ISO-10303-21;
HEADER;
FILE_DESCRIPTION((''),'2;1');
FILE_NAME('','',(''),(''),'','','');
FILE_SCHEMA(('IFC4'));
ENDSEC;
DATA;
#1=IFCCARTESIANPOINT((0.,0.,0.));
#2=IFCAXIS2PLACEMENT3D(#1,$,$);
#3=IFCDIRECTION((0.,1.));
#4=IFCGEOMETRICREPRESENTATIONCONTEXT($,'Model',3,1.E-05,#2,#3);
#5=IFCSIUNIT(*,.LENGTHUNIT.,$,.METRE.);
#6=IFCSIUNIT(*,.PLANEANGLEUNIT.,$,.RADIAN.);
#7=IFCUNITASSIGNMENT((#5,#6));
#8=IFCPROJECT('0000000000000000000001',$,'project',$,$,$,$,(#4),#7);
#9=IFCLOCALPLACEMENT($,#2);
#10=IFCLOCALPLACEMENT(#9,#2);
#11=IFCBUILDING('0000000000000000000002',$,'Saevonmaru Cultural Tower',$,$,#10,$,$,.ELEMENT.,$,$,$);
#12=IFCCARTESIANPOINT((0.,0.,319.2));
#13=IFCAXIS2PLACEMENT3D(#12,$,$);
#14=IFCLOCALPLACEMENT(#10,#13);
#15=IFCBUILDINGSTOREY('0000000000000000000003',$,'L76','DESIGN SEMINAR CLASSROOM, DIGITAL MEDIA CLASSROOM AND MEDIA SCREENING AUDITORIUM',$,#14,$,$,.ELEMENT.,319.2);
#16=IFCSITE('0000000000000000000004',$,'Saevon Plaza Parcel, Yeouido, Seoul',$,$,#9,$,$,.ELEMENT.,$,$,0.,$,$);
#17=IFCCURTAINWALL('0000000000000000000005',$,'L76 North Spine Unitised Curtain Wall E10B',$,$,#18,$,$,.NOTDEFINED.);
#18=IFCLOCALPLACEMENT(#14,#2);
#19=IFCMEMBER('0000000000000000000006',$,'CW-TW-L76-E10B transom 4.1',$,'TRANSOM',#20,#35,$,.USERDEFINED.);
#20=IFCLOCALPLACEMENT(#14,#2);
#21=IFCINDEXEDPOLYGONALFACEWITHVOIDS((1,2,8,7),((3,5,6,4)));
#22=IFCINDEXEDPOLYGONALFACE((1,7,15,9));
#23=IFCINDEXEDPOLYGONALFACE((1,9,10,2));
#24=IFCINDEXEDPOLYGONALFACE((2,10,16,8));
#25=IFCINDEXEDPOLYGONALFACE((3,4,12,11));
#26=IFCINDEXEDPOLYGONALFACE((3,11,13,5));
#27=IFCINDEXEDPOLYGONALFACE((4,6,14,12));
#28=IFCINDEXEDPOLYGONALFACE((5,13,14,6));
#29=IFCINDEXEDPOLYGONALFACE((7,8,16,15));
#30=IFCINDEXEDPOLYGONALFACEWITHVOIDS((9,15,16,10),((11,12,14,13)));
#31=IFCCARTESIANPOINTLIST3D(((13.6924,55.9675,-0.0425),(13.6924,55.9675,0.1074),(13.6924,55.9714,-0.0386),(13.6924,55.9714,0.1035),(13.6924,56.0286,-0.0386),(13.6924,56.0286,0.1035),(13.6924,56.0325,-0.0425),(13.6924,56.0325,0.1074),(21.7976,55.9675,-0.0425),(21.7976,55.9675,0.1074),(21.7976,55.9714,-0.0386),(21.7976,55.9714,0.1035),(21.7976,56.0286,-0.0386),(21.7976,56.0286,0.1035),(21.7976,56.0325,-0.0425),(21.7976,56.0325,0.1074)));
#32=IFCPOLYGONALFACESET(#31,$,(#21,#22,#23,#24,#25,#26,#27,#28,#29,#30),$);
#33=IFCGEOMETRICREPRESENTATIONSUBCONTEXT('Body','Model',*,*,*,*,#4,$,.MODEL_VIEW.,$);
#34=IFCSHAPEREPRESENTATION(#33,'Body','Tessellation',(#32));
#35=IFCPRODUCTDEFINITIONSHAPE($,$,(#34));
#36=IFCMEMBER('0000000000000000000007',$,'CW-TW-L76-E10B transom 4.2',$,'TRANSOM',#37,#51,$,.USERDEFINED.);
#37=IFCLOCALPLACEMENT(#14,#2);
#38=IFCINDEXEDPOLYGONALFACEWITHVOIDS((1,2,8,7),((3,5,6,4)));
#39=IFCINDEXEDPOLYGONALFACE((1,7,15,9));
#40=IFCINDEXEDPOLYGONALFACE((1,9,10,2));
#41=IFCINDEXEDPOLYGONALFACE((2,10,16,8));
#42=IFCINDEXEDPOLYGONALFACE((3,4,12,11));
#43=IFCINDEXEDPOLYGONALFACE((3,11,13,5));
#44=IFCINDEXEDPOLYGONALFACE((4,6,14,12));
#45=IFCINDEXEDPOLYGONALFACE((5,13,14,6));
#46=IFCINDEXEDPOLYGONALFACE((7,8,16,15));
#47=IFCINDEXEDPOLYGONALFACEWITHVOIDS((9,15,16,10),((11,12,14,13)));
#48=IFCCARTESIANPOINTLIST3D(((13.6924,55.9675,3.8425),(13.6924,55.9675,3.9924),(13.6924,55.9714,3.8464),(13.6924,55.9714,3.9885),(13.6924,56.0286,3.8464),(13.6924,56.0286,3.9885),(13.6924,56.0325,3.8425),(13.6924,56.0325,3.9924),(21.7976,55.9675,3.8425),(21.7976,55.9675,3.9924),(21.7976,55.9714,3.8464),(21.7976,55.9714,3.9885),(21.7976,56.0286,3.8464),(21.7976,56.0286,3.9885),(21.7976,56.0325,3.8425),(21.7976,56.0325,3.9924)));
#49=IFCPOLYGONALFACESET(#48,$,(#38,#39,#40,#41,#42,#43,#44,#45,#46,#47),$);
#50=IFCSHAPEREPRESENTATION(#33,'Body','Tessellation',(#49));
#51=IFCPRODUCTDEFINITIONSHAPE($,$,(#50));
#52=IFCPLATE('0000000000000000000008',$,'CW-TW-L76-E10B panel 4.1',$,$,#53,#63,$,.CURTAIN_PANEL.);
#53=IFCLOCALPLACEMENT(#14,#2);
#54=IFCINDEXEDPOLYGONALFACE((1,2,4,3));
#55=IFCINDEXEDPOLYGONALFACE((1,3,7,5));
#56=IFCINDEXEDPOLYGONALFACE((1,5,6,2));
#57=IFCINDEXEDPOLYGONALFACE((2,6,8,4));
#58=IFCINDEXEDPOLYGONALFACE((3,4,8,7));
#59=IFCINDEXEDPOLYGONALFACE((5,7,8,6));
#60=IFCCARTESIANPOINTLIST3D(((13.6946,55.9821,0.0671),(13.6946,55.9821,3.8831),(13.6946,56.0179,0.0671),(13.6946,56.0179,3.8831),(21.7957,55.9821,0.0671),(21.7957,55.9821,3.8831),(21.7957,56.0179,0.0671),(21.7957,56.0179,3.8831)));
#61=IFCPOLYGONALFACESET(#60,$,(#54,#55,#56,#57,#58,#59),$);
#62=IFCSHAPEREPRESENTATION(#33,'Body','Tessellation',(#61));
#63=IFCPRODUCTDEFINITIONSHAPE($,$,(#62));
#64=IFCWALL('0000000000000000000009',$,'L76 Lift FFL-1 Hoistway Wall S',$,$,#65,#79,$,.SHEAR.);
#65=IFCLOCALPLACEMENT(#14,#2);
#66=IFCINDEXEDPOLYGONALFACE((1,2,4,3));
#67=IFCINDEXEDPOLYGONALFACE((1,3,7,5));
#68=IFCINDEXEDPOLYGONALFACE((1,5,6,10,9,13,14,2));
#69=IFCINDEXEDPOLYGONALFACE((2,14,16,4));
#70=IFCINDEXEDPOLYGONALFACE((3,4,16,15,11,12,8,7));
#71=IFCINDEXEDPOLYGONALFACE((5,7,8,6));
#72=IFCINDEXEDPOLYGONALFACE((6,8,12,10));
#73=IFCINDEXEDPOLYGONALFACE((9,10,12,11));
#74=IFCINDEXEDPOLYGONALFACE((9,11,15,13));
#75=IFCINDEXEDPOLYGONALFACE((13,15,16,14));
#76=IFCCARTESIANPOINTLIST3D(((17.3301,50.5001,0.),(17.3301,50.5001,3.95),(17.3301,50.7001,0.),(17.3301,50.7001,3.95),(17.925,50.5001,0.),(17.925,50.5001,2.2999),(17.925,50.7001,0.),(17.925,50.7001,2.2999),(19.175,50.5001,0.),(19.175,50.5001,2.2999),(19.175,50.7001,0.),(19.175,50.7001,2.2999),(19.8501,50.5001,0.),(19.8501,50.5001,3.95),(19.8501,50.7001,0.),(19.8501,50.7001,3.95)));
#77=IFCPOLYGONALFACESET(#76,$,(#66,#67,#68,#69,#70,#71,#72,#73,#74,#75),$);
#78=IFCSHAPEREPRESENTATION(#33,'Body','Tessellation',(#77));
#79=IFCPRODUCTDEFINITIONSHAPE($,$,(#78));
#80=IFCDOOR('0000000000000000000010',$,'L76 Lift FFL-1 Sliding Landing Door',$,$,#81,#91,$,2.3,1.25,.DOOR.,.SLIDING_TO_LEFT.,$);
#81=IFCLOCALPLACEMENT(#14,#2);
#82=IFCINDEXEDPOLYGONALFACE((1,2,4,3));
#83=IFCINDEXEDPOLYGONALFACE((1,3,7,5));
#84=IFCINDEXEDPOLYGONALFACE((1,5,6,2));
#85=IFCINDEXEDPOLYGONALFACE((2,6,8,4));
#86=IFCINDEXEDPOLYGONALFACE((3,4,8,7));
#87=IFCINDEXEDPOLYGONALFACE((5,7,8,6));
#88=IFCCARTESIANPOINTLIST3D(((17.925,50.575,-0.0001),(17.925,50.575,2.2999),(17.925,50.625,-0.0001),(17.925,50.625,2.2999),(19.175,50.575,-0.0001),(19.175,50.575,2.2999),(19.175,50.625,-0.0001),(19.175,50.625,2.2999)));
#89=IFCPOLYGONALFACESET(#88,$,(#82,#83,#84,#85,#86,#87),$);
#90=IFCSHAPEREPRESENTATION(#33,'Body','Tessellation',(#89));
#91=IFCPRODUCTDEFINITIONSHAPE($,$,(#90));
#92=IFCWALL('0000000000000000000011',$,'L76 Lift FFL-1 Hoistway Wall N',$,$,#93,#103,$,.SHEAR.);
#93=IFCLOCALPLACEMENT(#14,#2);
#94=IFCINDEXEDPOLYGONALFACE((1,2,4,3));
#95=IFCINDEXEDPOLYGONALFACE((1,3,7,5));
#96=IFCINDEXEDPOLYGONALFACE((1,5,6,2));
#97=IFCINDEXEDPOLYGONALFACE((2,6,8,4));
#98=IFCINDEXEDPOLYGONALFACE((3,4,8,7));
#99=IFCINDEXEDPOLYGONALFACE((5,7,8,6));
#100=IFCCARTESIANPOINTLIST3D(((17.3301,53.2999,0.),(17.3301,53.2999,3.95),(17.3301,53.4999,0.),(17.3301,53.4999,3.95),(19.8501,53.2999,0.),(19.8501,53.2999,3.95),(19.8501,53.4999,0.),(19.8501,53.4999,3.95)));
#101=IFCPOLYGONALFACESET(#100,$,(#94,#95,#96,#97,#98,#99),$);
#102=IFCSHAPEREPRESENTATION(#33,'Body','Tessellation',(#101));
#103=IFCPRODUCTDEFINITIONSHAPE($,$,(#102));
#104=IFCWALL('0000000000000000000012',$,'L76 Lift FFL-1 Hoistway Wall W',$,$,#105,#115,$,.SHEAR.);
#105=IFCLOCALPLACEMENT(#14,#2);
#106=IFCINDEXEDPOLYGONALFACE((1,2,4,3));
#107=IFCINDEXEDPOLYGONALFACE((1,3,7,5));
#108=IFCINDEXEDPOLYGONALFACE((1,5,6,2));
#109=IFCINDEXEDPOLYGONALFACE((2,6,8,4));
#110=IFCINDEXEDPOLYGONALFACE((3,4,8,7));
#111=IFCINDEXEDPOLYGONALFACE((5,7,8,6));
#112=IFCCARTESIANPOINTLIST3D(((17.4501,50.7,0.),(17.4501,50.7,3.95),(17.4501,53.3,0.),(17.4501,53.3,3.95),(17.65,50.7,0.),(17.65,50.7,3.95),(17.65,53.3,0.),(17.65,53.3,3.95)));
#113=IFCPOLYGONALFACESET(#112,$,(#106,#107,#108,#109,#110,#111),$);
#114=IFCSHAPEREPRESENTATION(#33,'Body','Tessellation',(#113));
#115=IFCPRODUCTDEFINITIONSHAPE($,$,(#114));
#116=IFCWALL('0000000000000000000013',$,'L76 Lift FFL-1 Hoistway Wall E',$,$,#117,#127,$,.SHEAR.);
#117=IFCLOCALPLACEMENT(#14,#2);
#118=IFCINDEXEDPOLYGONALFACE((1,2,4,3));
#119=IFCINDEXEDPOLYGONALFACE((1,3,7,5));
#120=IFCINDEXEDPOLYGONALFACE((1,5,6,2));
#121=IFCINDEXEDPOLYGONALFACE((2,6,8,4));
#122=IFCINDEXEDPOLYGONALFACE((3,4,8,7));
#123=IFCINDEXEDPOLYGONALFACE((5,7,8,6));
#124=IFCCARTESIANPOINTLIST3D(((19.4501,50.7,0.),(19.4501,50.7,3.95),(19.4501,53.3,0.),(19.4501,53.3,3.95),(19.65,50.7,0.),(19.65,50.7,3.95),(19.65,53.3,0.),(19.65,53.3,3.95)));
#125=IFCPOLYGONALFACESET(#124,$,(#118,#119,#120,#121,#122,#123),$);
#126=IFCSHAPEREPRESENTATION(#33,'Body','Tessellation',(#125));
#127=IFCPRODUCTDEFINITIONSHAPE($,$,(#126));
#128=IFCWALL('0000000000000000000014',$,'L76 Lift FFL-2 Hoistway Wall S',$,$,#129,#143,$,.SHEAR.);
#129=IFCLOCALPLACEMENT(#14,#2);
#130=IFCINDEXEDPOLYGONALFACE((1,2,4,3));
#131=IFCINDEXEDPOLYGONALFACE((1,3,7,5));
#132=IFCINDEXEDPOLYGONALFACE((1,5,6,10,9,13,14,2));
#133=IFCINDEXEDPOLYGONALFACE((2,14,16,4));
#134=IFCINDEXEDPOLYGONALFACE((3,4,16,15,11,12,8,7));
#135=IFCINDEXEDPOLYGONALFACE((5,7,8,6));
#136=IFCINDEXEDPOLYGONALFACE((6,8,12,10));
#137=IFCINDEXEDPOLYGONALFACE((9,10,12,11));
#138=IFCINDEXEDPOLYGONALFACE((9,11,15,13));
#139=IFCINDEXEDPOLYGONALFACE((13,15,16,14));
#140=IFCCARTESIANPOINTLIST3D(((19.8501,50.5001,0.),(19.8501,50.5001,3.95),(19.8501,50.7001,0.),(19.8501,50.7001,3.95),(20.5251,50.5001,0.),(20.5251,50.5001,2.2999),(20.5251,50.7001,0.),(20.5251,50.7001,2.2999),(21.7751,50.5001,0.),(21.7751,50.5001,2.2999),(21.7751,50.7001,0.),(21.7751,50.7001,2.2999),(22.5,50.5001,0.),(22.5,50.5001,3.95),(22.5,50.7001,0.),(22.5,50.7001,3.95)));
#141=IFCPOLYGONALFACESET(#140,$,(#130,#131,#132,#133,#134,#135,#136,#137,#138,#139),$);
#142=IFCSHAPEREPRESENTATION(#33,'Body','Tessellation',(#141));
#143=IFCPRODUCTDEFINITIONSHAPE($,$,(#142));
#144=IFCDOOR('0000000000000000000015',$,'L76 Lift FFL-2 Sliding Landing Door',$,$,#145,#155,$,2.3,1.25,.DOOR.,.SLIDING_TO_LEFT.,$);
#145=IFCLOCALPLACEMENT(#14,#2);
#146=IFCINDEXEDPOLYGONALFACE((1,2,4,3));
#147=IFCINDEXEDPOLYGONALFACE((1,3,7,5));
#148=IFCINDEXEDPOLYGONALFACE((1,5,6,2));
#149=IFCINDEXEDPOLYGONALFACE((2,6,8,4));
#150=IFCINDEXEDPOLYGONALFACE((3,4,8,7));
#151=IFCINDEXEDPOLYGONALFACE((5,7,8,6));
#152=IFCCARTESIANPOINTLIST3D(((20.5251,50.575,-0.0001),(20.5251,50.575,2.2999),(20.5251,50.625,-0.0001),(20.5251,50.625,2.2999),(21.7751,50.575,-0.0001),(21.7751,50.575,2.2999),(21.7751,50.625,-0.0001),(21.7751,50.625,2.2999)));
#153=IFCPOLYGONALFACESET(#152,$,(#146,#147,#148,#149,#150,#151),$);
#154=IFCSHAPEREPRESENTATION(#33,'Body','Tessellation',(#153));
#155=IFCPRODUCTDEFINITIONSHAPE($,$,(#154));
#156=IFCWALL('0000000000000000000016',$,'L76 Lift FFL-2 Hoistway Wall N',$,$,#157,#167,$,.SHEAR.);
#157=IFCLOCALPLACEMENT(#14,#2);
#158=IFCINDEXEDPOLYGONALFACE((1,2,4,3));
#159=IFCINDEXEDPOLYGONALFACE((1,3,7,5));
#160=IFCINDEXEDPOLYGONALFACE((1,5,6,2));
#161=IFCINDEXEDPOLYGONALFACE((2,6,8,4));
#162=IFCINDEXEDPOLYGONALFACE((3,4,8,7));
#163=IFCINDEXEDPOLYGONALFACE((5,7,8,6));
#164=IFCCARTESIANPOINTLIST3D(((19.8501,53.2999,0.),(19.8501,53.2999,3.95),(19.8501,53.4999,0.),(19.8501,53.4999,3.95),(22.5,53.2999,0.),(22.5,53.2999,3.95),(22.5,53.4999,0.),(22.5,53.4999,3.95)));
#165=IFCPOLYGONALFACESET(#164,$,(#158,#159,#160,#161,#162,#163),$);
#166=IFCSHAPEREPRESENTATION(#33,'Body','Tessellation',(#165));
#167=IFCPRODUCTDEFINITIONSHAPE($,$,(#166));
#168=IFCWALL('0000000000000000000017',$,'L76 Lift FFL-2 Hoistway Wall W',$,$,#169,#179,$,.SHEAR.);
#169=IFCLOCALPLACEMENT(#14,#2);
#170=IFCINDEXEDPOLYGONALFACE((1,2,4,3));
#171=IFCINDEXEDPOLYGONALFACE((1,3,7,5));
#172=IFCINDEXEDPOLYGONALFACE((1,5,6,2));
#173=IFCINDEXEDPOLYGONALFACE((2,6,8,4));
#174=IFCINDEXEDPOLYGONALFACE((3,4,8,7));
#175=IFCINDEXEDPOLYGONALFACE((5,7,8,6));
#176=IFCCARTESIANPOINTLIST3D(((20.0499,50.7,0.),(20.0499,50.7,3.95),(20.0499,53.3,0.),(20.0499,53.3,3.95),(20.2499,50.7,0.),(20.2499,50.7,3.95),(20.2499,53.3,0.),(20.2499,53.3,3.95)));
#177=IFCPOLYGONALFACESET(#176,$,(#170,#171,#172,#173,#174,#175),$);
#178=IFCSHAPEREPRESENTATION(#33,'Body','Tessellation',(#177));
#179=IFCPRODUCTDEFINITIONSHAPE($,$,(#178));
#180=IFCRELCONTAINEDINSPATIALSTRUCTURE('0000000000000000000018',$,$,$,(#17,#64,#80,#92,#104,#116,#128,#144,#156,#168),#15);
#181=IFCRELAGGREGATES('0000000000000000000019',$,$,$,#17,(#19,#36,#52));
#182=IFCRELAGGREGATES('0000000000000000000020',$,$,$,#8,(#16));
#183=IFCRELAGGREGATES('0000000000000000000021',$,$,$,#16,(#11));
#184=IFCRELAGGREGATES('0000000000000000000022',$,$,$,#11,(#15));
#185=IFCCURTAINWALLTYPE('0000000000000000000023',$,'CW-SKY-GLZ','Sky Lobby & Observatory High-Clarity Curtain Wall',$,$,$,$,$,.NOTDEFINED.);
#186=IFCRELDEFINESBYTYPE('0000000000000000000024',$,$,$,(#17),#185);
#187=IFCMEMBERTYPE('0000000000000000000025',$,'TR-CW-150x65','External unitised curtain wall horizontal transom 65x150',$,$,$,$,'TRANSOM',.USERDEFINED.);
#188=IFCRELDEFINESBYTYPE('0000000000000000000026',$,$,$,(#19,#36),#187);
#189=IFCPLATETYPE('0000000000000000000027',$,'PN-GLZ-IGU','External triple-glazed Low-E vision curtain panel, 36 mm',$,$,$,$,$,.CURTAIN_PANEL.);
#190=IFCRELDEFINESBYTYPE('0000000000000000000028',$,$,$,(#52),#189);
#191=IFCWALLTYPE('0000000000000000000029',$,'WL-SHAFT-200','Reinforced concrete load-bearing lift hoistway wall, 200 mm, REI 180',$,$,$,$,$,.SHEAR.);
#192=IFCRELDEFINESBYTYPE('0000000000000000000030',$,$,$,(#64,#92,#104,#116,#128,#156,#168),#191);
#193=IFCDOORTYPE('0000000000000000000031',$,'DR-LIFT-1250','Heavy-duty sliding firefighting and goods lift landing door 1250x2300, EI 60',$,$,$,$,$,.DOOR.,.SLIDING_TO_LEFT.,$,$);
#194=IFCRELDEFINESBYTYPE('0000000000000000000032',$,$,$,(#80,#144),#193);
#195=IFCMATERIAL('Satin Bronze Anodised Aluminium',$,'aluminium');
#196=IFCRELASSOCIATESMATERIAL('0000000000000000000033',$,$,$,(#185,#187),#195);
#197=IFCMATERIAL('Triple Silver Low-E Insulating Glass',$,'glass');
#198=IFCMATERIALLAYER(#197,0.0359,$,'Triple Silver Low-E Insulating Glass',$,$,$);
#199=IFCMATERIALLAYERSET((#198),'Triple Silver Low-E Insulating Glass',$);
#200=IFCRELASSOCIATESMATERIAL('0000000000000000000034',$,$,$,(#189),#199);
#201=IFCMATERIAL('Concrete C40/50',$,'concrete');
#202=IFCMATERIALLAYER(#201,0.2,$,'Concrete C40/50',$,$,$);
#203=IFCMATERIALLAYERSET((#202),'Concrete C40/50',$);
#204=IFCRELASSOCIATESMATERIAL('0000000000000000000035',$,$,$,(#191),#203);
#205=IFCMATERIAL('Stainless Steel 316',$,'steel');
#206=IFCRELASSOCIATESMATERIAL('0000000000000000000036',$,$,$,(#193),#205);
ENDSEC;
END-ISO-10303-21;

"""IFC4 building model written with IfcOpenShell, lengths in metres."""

from ifc_helpers import new_model, si_unit, direction, frame, frame_2d, origin, origin_2d, place, context, subcontext, project, spatial, rectangle, hollow_rectangle, extrude, material, layer, layer_set, material_profile, profile_set, type_object, element, fill, aggregate, save


model = new_model("IFC4")

# Units and contexts
model_context = context("Model", 3, precision=1e-05, world=origin(), true_north=direction((0.0, 1.0)))
body_context = subcontext(model_context, "Body", "Model", "MODEL_VIEW")
ifc_project = project(units=[si_unit("LENGTHUNIT", "METRE"), si_unit("PLANEANGLEUNIT", "RADIAN")], contexts=[model_context])

# Site, building, storey
site_placement = place(None, origin())
site = spatial("IfcSite", under=ifc_project, at=site_placement, Name="Saevon Plaza Parcel, Yeouido, Seoul", CompositionType="ELEMENT", RefElevation=0.0)
building_placement = place(site_placement, origin())
building = spatial("IfcBuilding", under=site, at=building_placement, Name="Saevonmaru Cultural Tower", CompositionType="ELEMENT")
storey_placement = place(building_placement, frame((0.0, 0.0, 319.2)))
storey = spatial("IfcBuildingStorey", under=building, at=storey_placement, Name="L76", Description="DESIGN SEMINAR CLASSROOM, DIGITAL MEDIA CLASSROOM AND MEDIA SCREENING AUDITORIUM", CompositionType="ELEMENT", Elevation=319.2)

# Curtain wall, members, plate
ifc_material_1 = material(Name="Satin Bronze Anodised Aluminium", Category="aluminium")
curtain_wall_type = type_object("IfcCurtainWallType", Name="CW-SKY-GLZ", Description="Sky Lobby & Observatory High-Clarity Curtain Wall", PredefinedType="NOTDEFINED", material=ifc_material_1)
curtain_wall_placement = place(storey_placement, origin())
curtain_wall = element("IfcCurtainWall", 1, at=curtain_wall_placement, inside=storey, type_object=curtain_wall_type, Name="L76 North Spine Unitised Curtain Wall E10B", PredefinedType="NOTDEFINED")
ifc_material_profile = material_profile(ifc_material_1, hollow_rectangle(XDim=0.0649, YDim=0.1499, WallThickness=0.0039, at=origin_2d()), Name="ALU-TRAN-150x65x4")
ifc_profile_set = profile_set([ifc_material_profile], Name="Satin Bronze Anodised Aluminium")
member_type = type_object("IfcMemberType", Name="TR-CW-150x65", Description="External unitised curtain wall horizontal transom 65x150", ElementType="TRANSOM", PredefinedType="USERDEFINED", material=ifc_profile_set)
member_1_placement = place(storey_placement, frame((21.7976, 56.0, 0.0325), z_axis=(-1.0, 0.0, 0.0), x_axis=(0.0, -1.0, 0.0)))
member_1 = element("IfcMember", 2, at=member_1_placement, type_object=member_type, Name="CW-TW-L76-E10B transom 4.1", ObjectType="TRANSOM", PredefinedType="USERDEFINED", context=body_context, shape_type="SweptSolid", body=[
    extrude(hollow_rectangle(XDim=0.0649, YDim=0.1499, WallThickness=0.0039, at=origin_2d()), origin(), (0.0, 0.0, 1.0), 8.1052),
])
member_2_placement = place(storey_placement, frame((21.7976, 56.0, 3.9175), z_axis=(-1.0, 0.0, 0.0), x_axis=(0.0, -1.0, 0.0)))
member_2 = element("IfcMember", 3, at=member_2_placement, type_object=member_type, Name="CW-TW-L76-E10B transom 4.2", ObjectType="TRANSOM", PredefinedType="USERDEFINED", context=body_context, shape_type="SweptSolid", body=[
    extrude(hollow_rectangle(XDim=0.0649, YDim=0.1499, WallThickness=0.0039, at=origin_2d()), origin(), (0.0, 0.0, 1.0), 8.1052),
])
ifc_material_2 = material(Name="Triple Silver Low-E Insulating Glass", Category="glass")
ifc_layer_1 = layer(ifc_material_2, 0.0359, Name="Triple Silver Low-E Insulating Glass")
ifc_layer_set_1 = layer_set([ifc_layer_1], Name="Triple Silver Low-E Insulating Glass")
plate_type = type_object("IfcPlateType", Name="PN-GLZ-IGU", Description="External triple-glazed Low-E vision curtain panel, 36 mm", PredefinedType="CURTAIN_PANEL", material=ifc_layer_set_1)
plate_placement = place(storey_placement, frame((17.7451, 56.0, 0.0671), z_axis=(0.0, 0.0, 1.0), x_axis=(-1.0, 0.0, 0.0)))
plate = element("IfcPlate", 4, at=plate_placement, type_object=plate_type, Name="CW-TW-L76-E10B panel 4.1", PredefinedType="CURTAIN_PANEL", context=body_context, shape_type="SweptSolid", body=[
    extrude(rectangle(XDim=8.1011, YDim=0.0359, at=origin_2d()), origin(), (0.0, 0.0, 1.0), 3.8159),
])
aggregate(curtain_wall, [member_1, member_2, plate])

# Wall, opening, door
ifc_material_3 = material(Name="Concrete C40/50", Category="concrete")
ifc_layer_2 = layer(ifc_material_3, 0.2, Name="Concrete C40/50")
ifc_layer_set_2 = layer_set([ifc_layer_2], Name="Concrete C40/50")
wall_type = type_object("IfcWallType", Name="WL-SHAFT-200", Description="Reinforced concrete load-bearing lift hoistway wall, 200 mm, REI 180", PredefinedType="SHEAR", material=ifc_layer_set_2)
wall_1_placement = place(storey_placement, frame((17.3301, 50.6001, 0.0), z_axis=(0.0, 0.0, 1.0), x_axis=(1.0, 0.0, 0.0)))
wall_1 = element("IfcWall", 5, at=wall_1_placement, inside=storey, type_object=wall_type, Name="L76 Lift FFL-1 Hoistway Wall S", PredefinedType="SHEAR", context=body_context, shape_type="SweptSolid", body=[
    extrude(rectangle(XDim=2.52, YDim=0.2, at=frame_2d((1.26, 0.0))), origin(), (0.0, 0.0, 1.0), 3.95),
])
opening_1_placement = place(wall_1_placement, frame((0.595, 0.0, 0.0)))
opening_1 = element("IfcOpeningElement", 6, at=opening_1_placement, cuts=wall_1, PredefinedType="OPENING", context=body_context, shape_type="SweptSolid", body=[
    extrude(rectangle(XDim=1.25, YDim=2.3, at=frame_2d((0.625, 1.1499))), frame((0.0, 0.1099, 0.0), z_axis=(0.0, -1.0, 0.0), x_axis=(1.0, 0.0, 0.0)), (0.0, 0.0, 1.0), 0.22),
])
ifc_material_4 = material(Name="Stainless Steel 316", Category="steel")
door_type = type_object("IfcDoorType", Name="DR-LIFT-1250", Description="Heavy-duty sliding firefighting and goods lift landing door 1250x2300, EI 60", OperationType="SLIDING_TO_LEFT", PredefinedType="DOOR", material=ifc_material_4)
door_1_placement = place(opening_1_placement, origin())
door_1 = element("IfcDoor", 7, at=door_1_placement, inside=storey, type_object=door_type, Name="L76 Lift FFL-1 Sliding Landing Door", OperationType="SLIDING_TO_LEFT", OverallHeight=2.3, OverallWidth=1.25, PredefinedType="DOOR", context=body_context, shape_type="SweptSolid", body=[
    extrude(rectangle(XDim=1.25, YDim=2.3, at=frame_2d((0.625, 1.1499))), frame((0.0, 0.0249, 0.0), z_axis=(0.0, -1.0, 0.0), x_axis=(1.0, 0.0, 0.0)), (0.0, 0.0, 1.0), 0.05),
])
fill(opening_1, door_1)

# Walls
wall_2_placement = place(storey_placement, frame((17.3301, 53.3999, 0.0), z_axis=(0.0, 0.0, 1.0), x_axis=(1.0, 0.0, 0.0)))
element("IfcWall", 8, at=wall_2_placement, inside=storey, type_object=wall_type, Name="L76 Lift FFL-1 Hoistway Wall N", PredefinedType="SHEAR", context=body_context, shape_type="SweptSolid", body=[
    extrude(rectangle(XDim=2.52, YDim=0.2, at=frame_2d((1.26, 0.0))), origin(), (0.0, 0.0, 1.0), 3.95),
])
for number, where, z_axis, x_axis, name in (
    (9, (17.55, 50.7, 0.0), (0.0, 0.0, 1.0), (0.0, 1.0, 0.0), "L76 Lift FFL-1 Hoistway Wall W"),
    (10, (19.55, 50.7, 0.0), (0.0, 0.0, 1.0), (0.0, 1.0, 0.0), "L76 Lift FFL-1 Hoistway Wall E"),
):
    element("IfcWall", number, at=place(storey_placement, frame(where, z_axis=z_axis, x_axis=x_axis)), inside=storey, type_object=wall_type, Name=name, PredefinedType="SHEAR", context=body_context, shape_type="SweptSolid", body=[
        extrude(rectangle(XDim=2.6001, YDim=0.2, at=frame_2d((1.3, 0.0))), origin(), (0.0, 0.0, 1.0), 3.95),
    ])

# Wall, opening, door
wall_3_placement = place(storey_placement, frame((19.8501, 50.6001, 0.0), z_axis=(0.0, 0.0, 1.0), x_axis=(1.0, 0.0, 0.0)))
wall_3 = element("IfcWall", 11, at=wall_3_placement, inside=storey, type_object=wall_type, Name="L76 Lift FFL-2 Hoistway Wall S", PredefinedType="SHEAR", context=body_context, shape_type="SweptSolid", body=[
    extrude(rectangle(XDim=2.6499, YDim=0.2, at=frame_2d((1.325, 0.0))), origin(), (0.0, 0.0, 1.0), 3.95),
])
opening_2_placement = place(wall_3_placement, frame((0.675, 0.0, 0.0)))
opening_2 = element("IfcOpeningElement", 12, at=opening_2_placement, cuts=wall_3, PredefinedType="OPENING", context=body_context, shape_type="SweptSolid", body=[
    extrude(rectangle(XDim=1.25, YDim=2.3, at=frame_2d((0.625, 1.1499))), frame((0.0, 0.1099, 0.0), z_axis=(0.0, -1.0, 0.0), x_axis=(1.0, 0.0, 0.0)), (0.0, 0.0, 1.0), 0.22),
])
door_2_placement = place(opening_2_placement, origin())
door_2 = element("IfcDoor", 13, at=door_2_placement, inside=storey, type_object=door_type, Name="L76 Lift FFL-2 Sliding Landing Door", OperationType="SLIDING_TO_LEFT", OverallHeight=2.3, OverallWidth=1.25, PredefinedType="DOOR", context=body_context, shape_type="SweptSolid", body=[
    extrude(rectangle(XDim=1.25, YDim=2.3, at=frame_2d((0.625, 1.1499))), frame((0.0, 0.0249, 0.0), z_axis=(0.0, -1.0, 0.0), x_axis=(1.0, 0.0, 0.0)), (0.0, 0.0, 1.0), 0.05),
])
fill(opening_2, door_2)

# Walls
wall_4_placement = place(storey_placement, frame((19.8501, 53.3999, 0.0), z_axis=(0.0, 0.0, 1.0), x_axis=(1.0, 0.0, 0.0)))
element("IfcWall", 14, at=wall_4_placement, inside=storey, type_object=wall_type, Name="L76 Lift FFL-2 Hoistway Wall N", PredefinedType="SHEAR", context=body_context, shape_type="SweptSolid", body=[
    extrude(rectangle(XDim=2.6499, YDim=0.2, at=frame_2d((1.325, 0.0))), origin(), (0.0, 0.0, 1.0), 3.95),
])
wall_5_placement = place(storey_placement, frame((20.1499, 50.7, 0.0), z_axis=(0.0, 0.0, 1.0), x_axis=(0.0, 1.0, 0.0)))
element("IfcWall", 15, at=wall_5_placement, inside=storey, type_object=wall_type, Name="L76 Lift FFL-2 Hoistway Wall W", PredefinedType="SHEAR", context=body_context, shape_type="SweptSolid", body=[
    extrude(rectangle(XDim=2.6001, YDim=0.2, at=frame_2d((1.3, 0.0))), origin(), (0.0, 0.0, 1.0), 3.95),
])

save(model, "model.ifc")
